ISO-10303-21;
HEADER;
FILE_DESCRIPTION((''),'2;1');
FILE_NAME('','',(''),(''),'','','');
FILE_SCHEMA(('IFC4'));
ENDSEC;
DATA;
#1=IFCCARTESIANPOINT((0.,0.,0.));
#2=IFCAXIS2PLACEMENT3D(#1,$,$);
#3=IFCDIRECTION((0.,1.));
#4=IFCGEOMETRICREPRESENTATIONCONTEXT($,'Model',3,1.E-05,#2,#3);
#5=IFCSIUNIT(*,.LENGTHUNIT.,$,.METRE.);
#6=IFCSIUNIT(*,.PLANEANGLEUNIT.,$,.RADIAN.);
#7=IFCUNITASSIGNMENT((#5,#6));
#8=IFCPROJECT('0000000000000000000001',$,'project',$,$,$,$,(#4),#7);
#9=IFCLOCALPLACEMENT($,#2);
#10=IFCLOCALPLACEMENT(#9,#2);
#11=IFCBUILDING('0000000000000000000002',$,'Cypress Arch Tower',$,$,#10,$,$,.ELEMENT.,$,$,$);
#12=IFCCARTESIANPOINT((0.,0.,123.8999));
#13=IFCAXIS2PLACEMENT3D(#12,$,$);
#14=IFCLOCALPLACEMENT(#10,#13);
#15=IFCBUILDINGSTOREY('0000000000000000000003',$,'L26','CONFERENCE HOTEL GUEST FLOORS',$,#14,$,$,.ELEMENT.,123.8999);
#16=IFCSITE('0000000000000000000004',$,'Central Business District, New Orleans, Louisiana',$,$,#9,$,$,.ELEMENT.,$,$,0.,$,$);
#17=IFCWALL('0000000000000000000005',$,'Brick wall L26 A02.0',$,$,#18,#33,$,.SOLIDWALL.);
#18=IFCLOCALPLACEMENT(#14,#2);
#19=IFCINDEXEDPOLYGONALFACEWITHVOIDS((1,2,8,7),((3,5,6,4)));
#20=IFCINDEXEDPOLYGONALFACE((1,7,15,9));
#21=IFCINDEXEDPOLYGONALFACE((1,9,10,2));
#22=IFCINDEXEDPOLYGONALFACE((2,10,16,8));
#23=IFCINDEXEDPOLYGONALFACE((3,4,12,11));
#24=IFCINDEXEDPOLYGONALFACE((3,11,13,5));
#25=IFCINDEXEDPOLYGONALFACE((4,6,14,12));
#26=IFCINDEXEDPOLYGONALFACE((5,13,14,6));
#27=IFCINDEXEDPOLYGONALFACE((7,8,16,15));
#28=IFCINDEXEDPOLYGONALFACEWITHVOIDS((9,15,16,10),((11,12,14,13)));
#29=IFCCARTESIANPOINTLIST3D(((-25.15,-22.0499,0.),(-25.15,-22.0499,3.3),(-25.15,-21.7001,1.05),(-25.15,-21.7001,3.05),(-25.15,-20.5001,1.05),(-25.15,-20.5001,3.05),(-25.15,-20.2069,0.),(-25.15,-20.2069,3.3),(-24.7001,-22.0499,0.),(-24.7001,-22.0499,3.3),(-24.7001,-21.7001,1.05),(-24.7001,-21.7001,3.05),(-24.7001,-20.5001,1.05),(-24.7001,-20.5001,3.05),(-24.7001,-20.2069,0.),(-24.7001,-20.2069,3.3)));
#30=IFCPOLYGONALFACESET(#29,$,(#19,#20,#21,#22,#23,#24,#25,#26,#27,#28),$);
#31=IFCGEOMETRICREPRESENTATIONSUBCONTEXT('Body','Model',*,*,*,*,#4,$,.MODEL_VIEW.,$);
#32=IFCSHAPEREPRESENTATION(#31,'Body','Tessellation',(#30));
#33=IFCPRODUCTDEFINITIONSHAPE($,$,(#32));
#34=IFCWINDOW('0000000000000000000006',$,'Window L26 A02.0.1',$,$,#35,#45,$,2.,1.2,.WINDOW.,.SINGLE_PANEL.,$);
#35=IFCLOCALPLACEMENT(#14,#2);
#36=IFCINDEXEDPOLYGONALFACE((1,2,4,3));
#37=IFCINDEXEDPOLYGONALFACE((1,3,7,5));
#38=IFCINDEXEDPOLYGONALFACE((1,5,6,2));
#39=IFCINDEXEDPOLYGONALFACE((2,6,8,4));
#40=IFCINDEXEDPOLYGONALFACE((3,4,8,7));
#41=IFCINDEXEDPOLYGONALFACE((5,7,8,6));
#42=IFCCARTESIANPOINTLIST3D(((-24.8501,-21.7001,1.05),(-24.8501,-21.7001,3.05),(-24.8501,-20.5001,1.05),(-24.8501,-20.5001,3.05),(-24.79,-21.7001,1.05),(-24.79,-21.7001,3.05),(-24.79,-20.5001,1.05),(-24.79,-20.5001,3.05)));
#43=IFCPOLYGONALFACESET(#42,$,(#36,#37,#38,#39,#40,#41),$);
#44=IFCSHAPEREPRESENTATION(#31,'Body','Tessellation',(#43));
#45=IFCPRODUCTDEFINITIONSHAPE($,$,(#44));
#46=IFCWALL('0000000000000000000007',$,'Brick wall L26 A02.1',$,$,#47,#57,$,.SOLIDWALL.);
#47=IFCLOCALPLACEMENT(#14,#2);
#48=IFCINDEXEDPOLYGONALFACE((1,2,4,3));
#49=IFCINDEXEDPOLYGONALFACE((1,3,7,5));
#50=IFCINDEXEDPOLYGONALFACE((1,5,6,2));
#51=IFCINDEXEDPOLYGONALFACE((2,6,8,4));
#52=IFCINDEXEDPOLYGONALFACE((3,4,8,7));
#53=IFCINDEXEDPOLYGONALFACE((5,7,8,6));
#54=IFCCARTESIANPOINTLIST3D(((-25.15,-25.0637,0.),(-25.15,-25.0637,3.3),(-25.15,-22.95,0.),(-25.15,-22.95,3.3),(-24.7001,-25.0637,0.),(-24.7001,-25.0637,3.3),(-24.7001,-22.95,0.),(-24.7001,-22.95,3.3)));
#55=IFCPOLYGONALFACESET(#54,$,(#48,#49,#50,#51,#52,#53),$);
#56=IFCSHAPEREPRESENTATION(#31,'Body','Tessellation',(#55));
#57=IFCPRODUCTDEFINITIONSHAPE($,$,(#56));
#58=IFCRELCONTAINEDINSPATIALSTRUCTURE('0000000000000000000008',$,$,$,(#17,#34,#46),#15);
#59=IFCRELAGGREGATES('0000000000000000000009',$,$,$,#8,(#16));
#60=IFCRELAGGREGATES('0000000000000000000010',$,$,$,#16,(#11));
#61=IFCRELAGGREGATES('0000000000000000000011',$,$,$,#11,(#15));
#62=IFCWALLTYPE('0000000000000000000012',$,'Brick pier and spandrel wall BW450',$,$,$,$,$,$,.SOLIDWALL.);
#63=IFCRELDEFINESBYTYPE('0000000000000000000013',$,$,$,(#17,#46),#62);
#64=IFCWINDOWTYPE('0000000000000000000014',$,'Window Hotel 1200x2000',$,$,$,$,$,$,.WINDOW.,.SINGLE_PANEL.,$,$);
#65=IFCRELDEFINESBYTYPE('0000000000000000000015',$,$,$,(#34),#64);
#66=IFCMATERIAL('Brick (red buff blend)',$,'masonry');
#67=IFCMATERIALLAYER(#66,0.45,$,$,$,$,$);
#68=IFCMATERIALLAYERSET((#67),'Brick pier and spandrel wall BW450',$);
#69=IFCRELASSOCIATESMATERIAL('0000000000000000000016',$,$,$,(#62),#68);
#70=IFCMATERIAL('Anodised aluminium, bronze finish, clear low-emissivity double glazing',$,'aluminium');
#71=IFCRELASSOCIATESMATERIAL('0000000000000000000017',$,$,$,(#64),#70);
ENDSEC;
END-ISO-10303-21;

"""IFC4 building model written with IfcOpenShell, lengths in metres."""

from ifc_helpers import new_model, si_unit, direction, frame, frame_2d, origin, place, context, subcontext, project, spatial, rectangle, extrude, material, layer, layer_set, type_object, element, fill, save


model = new_model("IFC4")

# Units and contexts
model_context = context("Model", 3, precision=1e-05, world=origin(), true_north=direction((0.0, 1.0)))
body_context = subcontext(model_context, "Body", "Model", "MODEL_VIEW")
ifc_project = project(units=[si_unit("LENGTHUNIT", "METRE"), si_unit("PLANEANGLEUNIT", "RADIAN")], contexts=[model_context])

# Site, building, storey
site_placement = place(None, origin())
site = spatial("IfcSite", under=ifc_project, at=site_placement, Name="Central Business District, New Orleans, Louisiana", CompositionType="ELEMENT", RefElevation=0.0)
building_placement = place(site_placement, origin())
building = spatial("IfcBuilding", under=site, at=building_placement, Name="Cypress Arch Tower", CompositionType="ELEMENT")
storey_placement = place(building_placement, frame((0.0, 0.0, 123.8999)))
storey = spatial("IfcBuildingStorey", under=building, at=storey_placement, Name="L26", Description="CONFERENCE HOTEL GUEST FLOORS", CompositionType="ELEMENT", Elevation=123.8999)

# Wall, opening, window
ifc_material_1 = material(Name="Brick (red buff blend)", Category="masonry")
ifc_layer_1 = layer(ifc_material_1, 0.45)
ifc_layer_set_1 = layer_set([ifc_layer_1], Name="Brick pier and spandrel wall BW450")
wall_type_1 = type_object("IfcWallType", Name="Brick pier and spandrel wall BW450", PredefinedType="SOLIDWALL", material=ifc_layer_set_1)
wall_1_placement = place(storey_placement, frame((-24.925, -20.207, 0.0), z_axis=(0.0, 0.0, 1.0), x_axis=(0.0, -1.0, 0.0)))
wall_1 = element("IfcWall", 1, at=wall_1_placement, inside=storey, type_object=wall_type_1, Name="Brick wall L26 A02.0", PredefinedType="SOLIDWALL", context=body_context, shape_type="SweptSolid", body=[
    extrude(rectangle(XDim=1.843, YDim=0.45, at=frame_2d((0.9214, 0.0))), origin(), (0.0, 0.0, 1.0), 3.3),
])
opening_1_placement = place(wall_1_placement, frame((0.293, 0.0, 1.05)))
opening_1 = element("IfcOpeningElement", 2, at=opening_1_placement, cuts=wall_1, PredefinedType="OPENING", context=body_context, shape_type="SweptSolid", body=[
    extrude(rectangle(XDim=1.2, YDim=2.0, at=frame_2d((0.6001, 1.0))), frame((0.0, 0.2349, 0.0), z_axis=(0.0, -1.0, 0.0), x_axis=(1.0, 0.0, 0.0)), (0.0, 0.0, 1.0), 0.47),
])
ifc_material_2 = material(Name="Anodised aluminium, bronze finish, clear low-emissivity double glazing", Category="aluminium")
window_type_1 = type_object("IfcWindowType", Name="Window Hotel 1200x2000", PartitioningType="SINGLE_PANEL", PredefinedType="WINDOW", material=ifc_material_2)
window_1_placement = place(opening_1_placement, origin())
window_1 = element("IfcWindow", 3, at=window_1_placement, inside=storey, type_object=window_type_1, Name="Window L26 A02.0.1", OverallHeight=2.0, OverallWidth=1.2, PartitioningType="SINGLE_PANEL", PredefinedType="WINDOW", context=body_context, shape_type="SweptSolid", body=[
    extrude(rectangle(XDim=1.2, YDim=2.0, at=frame_2d((0.6001, 1.0))), frame((0.0, 0.135, 0.0), z_axis=(0.0, -1.0, 0.0), x_axis=(1.0, 0.0, 0.0)), (0.0, 0.0, 1.0), 0.0601),
])
fill(opening_1, window_1)

# Wall
wall_2_placement = place(storey_placement, frame((-24.925, -22.95, 0.0), z_axis=(0.0, 0.0, 1.0), x_axis=(0.0, -1.0, 0.0)))
element("IfcWall", 4, at=wall_2_placement, inside=storey, type_object=wall_type_1, Name="Brick wall L26 A02.1", PredefinedType="SOLIDWALL", context=body_context, shape_type="SweptSolid", body=[
    extrude(rectangle(XDim=2.1138, YDim=0.45, at=frame_2d((1.0569, 0.0))), origin(), (0.0, 0.0, 1.0), 3.3),
])

save(model, "model.ifc")
